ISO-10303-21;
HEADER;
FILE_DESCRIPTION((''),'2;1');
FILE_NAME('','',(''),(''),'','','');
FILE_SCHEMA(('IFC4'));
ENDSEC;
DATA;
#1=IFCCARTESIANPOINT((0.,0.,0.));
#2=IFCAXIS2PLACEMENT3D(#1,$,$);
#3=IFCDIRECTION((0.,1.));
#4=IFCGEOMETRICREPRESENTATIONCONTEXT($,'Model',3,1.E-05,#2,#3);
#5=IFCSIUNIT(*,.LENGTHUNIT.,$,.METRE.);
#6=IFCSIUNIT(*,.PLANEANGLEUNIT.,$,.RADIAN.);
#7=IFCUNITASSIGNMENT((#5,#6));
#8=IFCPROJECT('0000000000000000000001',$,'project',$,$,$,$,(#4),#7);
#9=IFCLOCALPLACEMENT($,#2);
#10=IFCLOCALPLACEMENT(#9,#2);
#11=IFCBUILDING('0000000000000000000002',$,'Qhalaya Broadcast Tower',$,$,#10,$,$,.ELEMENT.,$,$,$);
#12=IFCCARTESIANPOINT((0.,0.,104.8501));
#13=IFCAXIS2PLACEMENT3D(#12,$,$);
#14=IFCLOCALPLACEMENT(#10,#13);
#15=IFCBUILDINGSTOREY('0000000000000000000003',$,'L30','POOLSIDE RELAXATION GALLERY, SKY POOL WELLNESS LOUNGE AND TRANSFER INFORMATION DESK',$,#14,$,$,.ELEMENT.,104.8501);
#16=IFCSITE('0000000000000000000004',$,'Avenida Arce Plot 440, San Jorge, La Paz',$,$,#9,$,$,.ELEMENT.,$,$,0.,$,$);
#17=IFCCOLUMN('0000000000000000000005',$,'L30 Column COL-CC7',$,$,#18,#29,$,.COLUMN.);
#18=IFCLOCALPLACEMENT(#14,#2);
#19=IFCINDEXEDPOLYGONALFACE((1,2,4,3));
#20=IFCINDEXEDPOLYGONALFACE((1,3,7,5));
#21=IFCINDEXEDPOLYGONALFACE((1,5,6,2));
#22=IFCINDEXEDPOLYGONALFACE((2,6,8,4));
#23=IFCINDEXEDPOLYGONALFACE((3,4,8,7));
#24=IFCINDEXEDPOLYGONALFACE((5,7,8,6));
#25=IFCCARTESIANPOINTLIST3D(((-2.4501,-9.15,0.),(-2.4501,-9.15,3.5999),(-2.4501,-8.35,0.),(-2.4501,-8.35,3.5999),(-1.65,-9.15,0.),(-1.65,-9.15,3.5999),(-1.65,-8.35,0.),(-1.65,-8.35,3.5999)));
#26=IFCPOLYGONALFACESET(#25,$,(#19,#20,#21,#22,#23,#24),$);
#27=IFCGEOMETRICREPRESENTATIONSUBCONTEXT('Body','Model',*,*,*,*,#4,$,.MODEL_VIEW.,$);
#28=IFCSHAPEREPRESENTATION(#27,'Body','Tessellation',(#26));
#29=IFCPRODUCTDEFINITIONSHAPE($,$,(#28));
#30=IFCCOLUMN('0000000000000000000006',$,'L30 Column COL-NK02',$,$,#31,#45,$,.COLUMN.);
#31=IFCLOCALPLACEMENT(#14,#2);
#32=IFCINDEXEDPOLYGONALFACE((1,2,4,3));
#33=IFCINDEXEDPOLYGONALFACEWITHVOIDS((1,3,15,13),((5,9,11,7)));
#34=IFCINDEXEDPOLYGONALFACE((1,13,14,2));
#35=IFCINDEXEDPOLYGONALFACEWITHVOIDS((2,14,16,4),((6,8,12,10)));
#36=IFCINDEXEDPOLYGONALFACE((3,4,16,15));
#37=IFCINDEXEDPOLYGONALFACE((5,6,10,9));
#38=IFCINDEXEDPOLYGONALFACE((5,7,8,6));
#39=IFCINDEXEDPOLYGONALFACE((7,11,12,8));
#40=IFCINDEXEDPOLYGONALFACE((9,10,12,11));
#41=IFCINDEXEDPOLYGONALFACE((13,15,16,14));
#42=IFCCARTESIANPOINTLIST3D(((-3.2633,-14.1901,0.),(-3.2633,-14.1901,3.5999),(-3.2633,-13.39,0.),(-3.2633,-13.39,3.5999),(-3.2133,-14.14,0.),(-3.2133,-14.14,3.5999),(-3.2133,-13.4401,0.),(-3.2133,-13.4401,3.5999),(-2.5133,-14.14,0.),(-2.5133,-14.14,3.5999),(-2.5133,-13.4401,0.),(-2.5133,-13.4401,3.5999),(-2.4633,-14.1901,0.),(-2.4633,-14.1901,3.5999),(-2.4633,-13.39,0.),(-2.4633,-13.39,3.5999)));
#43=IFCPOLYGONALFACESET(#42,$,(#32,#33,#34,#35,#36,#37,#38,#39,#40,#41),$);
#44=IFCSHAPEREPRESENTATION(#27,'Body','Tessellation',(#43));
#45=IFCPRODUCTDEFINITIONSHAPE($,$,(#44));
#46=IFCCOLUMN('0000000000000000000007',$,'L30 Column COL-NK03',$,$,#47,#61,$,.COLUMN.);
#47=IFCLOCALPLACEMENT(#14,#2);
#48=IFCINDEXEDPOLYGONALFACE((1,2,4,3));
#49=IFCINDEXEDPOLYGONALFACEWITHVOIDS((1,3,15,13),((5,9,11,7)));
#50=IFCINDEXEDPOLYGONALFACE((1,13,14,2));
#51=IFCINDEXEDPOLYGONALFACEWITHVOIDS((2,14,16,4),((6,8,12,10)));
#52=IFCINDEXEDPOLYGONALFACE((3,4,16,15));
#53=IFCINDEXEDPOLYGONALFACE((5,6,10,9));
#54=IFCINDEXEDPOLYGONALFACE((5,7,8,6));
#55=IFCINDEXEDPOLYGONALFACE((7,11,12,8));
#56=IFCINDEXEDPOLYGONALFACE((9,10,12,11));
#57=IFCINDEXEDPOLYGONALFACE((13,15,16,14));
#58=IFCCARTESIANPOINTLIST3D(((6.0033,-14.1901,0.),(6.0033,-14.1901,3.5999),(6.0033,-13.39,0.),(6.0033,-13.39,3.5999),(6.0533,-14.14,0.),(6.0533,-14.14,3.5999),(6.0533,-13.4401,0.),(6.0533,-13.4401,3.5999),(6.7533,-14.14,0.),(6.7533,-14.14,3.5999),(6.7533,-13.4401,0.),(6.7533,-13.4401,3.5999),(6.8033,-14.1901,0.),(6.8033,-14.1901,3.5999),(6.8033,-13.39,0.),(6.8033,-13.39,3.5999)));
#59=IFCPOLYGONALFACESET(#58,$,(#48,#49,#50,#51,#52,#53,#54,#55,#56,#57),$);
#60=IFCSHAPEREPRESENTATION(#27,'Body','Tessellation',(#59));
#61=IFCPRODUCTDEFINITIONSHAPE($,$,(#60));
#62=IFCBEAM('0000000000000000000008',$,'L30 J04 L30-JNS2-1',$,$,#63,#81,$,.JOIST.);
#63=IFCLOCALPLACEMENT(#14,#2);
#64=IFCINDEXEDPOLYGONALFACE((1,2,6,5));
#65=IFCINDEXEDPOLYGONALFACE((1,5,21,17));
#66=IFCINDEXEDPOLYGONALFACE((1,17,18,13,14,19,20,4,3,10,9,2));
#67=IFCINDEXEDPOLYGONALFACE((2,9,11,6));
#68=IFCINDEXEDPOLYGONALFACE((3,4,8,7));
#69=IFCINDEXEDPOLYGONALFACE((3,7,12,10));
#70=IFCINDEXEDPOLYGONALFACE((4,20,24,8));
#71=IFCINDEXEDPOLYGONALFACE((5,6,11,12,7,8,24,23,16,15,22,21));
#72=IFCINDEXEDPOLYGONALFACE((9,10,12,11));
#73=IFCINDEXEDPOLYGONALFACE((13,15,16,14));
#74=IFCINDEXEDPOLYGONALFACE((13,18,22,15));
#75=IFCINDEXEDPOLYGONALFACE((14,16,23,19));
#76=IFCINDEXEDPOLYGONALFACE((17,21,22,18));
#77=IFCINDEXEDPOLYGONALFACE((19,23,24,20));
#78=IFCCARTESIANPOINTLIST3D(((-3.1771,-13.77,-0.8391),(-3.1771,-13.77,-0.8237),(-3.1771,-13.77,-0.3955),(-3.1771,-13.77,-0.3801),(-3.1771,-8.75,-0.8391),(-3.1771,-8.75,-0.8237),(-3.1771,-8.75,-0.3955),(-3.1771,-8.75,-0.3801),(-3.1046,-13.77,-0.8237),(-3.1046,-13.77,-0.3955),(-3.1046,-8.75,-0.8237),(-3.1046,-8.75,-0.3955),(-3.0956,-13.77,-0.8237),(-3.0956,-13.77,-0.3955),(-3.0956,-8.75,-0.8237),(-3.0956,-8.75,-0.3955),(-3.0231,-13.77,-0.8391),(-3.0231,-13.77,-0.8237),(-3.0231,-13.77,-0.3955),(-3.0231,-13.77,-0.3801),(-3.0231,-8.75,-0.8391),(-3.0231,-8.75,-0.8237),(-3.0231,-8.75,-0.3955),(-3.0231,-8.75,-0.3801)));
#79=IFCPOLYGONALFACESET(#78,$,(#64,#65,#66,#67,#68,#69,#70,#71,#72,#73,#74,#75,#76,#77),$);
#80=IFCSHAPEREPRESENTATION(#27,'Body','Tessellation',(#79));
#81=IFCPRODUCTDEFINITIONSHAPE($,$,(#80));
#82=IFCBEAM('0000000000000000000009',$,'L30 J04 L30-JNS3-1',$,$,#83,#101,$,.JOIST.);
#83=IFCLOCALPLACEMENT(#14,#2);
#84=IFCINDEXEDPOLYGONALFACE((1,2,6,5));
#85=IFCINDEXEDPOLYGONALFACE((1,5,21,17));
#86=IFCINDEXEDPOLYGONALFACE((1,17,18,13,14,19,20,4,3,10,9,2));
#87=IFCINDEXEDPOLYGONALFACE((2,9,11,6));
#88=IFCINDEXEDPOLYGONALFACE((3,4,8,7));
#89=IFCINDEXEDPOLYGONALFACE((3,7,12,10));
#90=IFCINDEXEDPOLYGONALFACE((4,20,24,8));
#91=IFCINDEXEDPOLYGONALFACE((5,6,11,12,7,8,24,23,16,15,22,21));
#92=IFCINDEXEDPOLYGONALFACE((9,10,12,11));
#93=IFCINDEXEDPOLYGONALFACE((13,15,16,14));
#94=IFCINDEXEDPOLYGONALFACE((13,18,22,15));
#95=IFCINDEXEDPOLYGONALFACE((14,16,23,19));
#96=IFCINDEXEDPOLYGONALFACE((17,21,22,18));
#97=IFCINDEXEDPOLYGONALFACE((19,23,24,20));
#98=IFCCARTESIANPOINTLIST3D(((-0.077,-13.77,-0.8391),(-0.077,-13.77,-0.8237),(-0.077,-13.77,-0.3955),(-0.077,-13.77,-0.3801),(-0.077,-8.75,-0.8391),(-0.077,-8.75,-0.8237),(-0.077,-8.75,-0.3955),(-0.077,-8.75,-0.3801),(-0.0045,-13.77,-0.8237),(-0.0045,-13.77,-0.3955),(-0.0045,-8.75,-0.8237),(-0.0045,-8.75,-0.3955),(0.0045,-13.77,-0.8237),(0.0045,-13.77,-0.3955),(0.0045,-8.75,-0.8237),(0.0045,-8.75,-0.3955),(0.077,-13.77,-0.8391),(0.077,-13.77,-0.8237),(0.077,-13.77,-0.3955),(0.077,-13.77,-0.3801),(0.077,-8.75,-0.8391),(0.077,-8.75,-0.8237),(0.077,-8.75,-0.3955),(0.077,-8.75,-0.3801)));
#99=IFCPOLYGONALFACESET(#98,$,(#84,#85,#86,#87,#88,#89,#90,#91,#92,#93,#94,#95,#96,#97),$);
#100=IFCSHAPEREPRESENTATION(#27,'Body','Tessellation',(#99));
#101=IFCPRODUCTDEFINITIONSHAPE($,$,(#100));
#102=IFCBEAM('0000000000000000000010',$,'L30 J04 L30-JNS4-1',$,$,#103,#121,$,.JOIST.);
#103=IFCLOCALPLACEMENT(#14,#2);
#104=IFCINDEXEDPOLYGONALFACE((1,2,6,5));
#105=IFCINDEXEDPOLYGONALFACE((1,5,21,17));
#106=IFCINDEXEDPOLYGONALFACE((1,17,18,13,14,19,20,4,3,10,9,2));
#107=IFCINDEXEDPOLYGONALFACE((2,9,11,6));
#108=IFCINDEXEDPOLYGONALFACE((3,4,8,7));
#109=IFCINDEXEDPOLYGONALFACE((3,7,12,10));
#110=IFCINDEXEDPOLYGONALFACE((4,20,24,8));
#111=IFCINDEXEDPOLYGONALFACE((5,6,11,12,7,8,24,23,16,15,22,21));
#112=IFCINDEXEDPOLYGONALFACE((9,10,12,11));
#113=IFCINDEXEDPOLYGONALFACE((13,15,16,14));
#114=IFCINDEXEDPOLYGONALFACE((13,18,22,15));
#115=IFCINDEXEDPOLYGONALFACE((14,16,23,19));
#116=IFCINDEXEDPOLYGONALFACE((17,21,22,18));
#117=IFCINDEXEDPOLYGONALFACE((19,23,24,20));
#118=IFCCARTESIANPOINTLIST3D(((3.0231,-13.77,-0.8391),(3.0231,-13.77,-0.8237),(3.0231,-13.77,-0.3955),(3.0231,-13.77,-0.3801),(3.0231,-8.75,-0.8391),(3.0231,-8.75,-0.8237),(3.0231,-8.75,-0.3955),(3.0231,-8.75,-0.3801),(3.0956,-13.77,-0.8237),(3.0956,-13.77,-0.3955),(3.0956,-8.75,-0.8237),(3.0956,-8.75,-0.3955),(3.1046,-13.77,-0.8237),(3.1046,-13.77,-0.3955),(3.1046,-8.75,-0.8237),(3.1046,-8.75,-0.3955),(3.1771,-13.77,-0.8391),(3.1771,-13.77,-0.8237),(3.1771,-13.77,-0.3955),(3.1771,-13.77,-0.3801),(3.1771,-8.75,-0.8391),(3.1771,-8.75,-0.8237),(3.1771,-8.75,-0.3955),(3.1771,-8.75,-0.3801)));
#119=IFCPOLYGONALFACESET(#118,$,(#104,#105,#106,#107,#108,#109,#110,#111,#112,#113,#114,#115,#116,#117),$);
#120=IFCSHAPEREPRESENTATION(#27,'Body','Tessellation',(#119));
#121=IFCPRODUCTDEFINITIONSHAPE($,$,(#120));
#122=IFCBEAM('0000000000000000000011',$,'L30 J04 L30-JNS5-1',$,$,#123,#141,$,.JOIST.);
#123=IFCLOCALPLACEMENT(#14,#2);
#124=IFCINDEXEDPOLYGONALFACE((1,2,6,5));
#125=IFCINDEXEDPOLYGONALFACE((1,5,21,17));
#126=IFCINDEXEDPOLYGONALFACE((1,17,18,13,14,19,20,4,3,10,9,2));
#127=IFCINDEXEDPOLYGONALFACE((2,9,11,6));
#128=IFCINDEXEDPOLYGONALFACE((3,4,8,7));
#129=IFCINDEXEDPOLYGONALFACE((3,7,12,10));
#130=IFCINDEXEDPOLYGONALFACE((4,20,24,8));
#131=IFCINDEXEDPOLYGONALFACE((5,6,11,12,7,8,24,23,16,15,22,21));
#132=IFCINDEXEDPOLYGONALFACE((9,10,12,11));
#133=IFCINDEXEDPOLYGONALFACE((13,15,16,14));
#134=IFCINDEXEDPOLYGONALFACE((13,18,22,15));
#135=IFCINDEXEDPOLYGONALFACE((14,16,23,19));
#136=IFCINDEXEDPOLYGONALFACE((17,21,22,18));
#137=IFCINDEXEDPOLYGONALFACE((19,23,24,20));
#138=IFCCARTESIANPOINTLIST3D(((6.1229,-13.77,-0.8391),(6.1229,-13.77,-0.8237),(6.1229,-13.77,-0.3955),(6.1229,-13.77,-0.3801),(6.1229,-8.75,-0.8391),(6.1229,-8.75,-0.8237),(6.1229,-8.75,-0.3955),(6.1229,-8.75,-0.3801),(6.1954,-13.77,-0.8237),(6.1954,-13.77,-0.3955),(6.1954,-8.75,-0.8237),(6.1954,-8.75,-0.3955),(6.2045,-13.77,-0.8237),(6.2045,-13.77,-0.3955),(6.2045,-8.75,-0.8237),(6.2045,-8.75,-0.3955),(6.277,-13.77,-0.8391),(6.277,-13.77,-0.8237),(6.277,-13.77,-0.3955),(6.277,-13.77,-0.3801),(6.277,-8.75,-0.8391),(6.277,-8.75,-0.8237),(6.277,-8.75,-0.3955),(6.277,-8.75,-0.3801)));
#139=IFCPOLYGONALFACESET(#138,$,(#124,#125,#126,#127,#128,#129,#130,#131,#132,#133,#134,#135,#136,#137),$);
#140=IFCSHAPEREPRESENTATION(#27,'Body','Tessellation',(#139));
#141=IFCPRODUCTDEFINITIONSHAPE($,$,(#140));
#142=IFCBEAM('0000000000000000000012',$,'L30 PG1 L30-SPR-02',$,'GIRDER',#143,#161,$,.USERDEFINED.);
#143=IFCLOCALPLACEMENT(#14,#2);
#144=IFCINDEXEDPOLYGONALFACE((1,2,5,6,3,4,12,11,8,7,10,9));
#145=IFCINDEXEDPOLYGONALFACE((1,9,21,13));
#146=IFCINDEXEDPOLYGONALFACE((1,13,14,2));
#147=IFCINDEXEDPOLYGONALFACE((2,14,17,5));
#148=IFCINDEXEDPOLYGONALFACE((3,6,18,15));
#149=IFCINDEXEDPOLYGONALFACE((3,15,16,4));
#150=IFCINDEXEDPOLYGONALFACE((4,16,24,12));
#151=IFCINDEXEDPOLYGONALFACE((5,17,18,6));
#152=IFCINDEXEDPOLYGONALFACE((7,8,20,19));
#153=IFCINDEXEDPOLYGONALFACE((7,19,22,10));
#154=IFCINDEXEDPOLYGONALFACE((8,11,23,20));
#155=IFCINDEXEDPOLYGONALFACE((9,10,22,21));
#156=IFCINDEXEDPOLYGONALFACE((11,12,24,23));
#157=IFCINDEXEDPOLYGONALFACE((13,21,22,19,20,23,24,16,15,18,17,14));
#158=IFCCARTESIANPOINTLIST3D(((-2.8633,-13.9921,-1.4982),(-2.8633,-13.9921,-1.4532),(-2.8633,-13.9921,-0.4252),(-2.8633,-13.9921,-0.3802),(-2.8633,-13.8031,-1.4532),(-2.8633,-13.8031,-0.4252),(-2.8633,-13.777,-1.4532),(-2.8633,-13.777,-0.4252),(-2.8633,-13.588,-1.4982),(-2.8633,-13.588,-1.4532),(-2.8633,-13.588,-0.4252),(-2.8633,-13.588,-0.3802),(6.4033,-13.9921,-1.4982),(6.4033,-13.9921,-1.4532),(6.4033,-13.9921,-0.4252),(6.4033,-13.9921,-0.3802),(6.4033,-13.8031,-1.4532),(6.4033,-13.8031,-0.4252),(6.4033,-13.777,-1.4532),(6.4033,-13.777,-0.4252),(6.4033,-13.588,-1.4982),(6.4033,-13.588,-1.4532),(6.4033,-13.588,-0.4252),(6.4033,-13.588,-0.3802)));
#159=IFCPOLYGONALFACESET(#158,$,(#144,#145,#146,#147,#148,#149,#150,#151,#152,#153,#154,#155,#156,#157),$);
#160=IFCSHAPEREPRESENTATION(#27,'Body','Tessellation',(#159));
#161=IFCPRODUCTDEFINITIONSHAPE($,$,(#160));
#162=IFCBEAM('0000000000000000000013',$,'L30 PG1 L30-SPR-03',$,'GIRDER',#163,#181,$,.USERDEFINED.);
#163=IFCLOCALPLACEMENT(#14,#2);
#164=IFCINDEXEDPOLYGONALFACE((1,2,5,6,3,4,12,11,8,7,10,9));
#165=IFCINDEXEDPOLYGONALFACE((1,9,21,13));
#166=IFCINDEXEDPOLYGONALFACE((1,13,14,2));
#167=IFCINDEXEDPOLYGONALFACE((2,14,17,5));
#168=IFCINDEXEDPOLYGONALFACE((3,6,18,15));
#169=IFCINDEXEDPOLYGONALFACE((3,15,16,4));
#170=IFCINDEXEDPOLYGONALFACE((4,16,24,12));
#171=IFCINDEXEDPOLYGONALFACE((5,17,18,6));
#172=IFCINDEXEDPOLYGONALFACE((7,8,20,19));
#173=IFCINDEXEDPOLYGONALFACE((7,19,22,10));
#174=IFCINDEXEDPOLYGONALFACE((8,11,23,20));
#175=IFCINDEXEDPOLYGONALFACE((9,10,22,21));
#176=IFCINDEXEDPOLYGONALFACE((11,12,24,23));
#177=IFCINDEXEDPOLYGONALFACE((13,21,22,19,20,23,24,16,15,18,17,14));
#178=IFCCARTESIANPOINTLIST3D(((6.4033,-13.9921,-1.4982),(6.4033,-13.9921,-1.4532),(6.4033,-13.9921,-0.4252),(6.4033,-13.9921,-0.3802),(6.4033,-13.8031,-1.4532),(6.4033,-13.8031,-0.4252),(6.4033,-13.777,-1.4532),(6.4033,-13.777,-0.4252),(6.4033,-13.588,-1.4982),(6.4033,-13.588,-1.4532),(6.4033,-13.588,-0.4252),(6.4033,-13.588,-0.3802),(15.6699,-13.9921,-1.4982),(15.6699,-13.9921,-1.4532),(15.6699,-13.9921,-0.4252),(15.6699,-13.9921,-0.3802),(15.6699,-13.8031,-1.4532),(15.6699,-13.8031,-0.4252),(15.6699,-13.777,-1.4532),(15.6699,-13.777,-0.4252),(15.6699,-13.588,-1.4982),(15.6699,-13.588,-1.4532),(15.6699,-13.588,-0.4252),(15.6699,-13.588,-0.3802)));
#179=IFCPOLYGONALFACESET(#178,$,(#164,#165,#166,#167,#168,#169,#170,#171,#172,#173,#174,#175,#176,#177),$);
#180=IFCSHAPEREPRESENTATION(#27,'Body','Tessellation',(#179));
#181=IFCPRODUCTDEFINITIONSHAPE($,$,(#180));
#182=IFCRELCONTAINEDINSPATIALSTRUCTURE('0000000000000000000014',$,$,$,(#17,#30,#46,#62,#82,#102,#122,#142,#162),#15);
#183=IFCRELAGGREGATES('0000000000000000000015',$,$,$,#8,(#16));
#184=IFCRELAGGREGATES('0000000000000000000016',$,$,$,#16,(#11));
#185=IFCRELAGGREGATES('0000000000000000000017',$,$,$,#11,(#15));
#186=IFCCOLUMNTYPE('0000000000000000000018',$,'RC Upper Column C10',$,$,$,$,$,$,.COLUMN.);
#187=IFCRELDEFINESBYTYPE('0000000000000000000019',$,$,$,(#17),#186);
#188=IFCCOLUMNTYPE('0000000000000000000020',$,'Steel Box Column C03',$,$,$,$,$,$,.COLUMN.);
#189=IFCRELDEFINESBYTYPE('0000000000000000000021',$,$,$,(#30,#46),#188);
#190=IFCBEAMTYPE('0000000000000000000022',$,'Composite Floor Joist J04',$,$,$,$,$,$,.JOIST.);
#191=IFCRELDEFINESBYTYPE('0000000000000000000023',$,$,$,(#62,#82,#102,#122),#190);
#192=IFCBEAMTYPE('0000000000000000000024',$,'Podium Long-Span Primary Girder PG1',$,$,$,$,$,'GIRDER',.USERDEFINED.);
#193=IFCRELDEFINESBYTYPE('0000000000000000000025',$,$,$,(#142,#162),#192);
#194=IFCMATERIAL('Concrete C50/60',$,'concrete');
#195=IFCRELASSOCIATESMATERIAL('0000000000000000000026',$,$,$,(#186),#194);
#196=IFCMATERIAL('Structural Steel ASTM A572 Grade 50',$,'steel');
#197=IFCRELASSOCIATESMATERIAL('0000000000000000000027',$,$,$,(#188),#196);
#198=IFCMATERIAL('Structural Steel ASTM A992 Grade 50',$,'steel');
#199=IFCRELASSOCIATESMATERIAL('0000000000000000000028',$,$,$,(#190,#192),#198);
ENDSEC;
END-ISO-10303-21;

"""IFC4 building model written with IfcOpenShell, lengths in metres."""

from ifc_helpers import new_model, si_unit, direction, frame, origin, origin_2d, place, context, subcontext, project, spatial, rectangle, hollow_rectangle, i_section, extrude, material, material_profile, profile_set, type_object, element, save


model = new_model("IFC4")

# Units and contexts
model_context = context("Model", 3, precision=1e-05, world=origin(), true_north=direction((0.0, 1.0)))
body_context = subcontext(model_context, "Body", "Model", "MODEL_VIEW")
ifc_project = project(units=[si_unit("LENGTHUNIT", "METRE"), si_unit("PLANEANGLEUNIT", "RADIAN")], contexts=[model_context])

# Site, building, storey
site_placement = place(None, origin())
site = spatial("IfcSite", under=ifc_project, at=site_placement, Name="Avenida Arce Plot 440, San Jorge, La Paz", CompositionType="ELEMENT", RefElevation=0.0)
building_placement = place(site_placement, origin())
building = spatial("IfcBuilding", under=site, at=building_placement, Name="Qhalaya Broadcast Tower", CompositionType="ELEMENT")
storey_placement = place(building_placement, frame((0.0, 0.0, 104.8501)))
storey = spatial("IfcBuildingStorey", under=building, at=storey_placement, Name="L30", Description="POOLSIDE RELAXATION GALLERY, SKY POOL WELLNESS LOUNGE AND TRANSFER INFORMATION DESK", CompositionType="ELEMENT", Elevation=104.8501)

# Columns
ifc_material_1 = material(Name="Concrete C50/60", Category="concrete")
ifc_material_profile_1 = material_profile(ifc_material_1, rectangle(XDim=0.8, YDim=0.8, at=origin_2d()), Name="RC-COL 800x800")
ifc_profile_set_1 = profile_set([ifc_material_profile_1], Name="Concrete C50/60")
column_type_1 = type_object("IfcColumnType", Name="RC Upper Column C10", PredefinedType="COLUMN", material=ifc_profile_set_1)
column_placement = place(storey_placement, frame((-2.05, -8.75, 0.0), z_axis=(0.0, 0.0, 1.0), x_axis=(1.0, 0.0, 0.0)))
element("IfcColumn", 1, at=column_placement, inside=storey, type_object=column_type_1, Name="L30 Column COL-CC7", PredefinedType="COLUMN", context=body_context, shape_type="SweptSolid", body=[
    extrude(rectangle(XDim=0.8, YDim=0.8, at=origin_2d()), origin(), (0.0, 0.0, 1.0), 3.5999),
])
ifc_material_2 = material(Name="Structural Steel ASTM A572 Grade 50", Category="steel")
ifc_material_profile_2 = material_profile(ifc_material_2, hollow_rectangle(XDim=0.8, YDim=0.8, WallThickness=0.05, at=origin_2d()), Name="BOX 800x800x50")
ifc_profile_set_2 = profile_set([ifc_material_profile_2], Name="Structural Steel ASTM A572 Grade 50")
column_type_2 = type_object("IfcColumnType", Name="Steel Box Column C03", PredefinedType="COLUMN", material=ifc_profile_set_2)
for number, where, z_axis, x_axis, name in (
    (2, (-2.8633, -13.79, 0.0), (0.0, 0.0, 1.0), (1.0, 0.0, 0.0), "L30 Column COL-NK02"),
    (3, (6.4033, -13.79, 0.0), (0.0, 0.0, 1.0), (1.0, 0.0, 0.0), "L30 Column COL-NK03"),
):
    element("IfcColumn", number, at=place(storey_placement, frame(where, z_axis=z_axis, x_axis=x_axis)), inside=storey, type_object=column_type_2, Name=name, PredefinedType="COLUMN", context=body_context, shape_type="SweptSolid", body=[
        extrude(hollow_rectangle(XDim=0.8, YDim=0.8, WallThickness=0.05, at=origin_2d()), origin(), (0.0, 0.0, 1.0), 3.5999),
    ])

# Beams
ifc_material_3 = material(Name="Structural Steel ASTM A992 Grade 50", Category="steel")
ifc_material_profile_3 = material_profile(ifc_material_3, i_section(OverallWidth=0.1541, OverallDepth=0.459, WebThickness=0.009, FlangeThickness=0.0154, at=origin_2d()), Name="W18X46")
ifc_profile_set_3 = profile_set([ifc_material_profile_3], Name="Structural Steel ASTM A992 Grade 50")
beam_type_1 = type_object("IfcBeamType", Name="Composite Floor Joist J04", PredefinedType="JOIST", material=ifc_profile_set_3)
for number, where, z_axis, x_axis, name in (
    (4, (-3.1001, -13.77, -0.6096), (0.0, 1.0, 0.0), (-1.0, 0.0, 0.0), "L30 J04 L30-JNS2-1"),
    (5, (0.0, -13.77, -0.6096), (0.0, 1.0, 0.0), (-1.0, 0.0, 0.0), "L30 J04 L30-JNS3-1"),
    (6, (3.1001, -13.77, -0.6096), (0.0, 1.0, 0.0), (-1.0, 0.0, 0.0), "L30 J04 L30-JNS4-1"),
    (7, (6.2, -13.77, -0.6096), (0.0, 1.0, 0.0), (-1.0, 0.0, 0.0), "L30 J04 L30-JNS5-1"),
):
    element("IfcBeam", number, at=place(storey_placement, frame(where, z_axis=z_axis, x_axis=x_axis)), inside=storey, type_object=beam_type_1, Name=name, PredefinedType="JOIST", context=body_context, shape_type="SweptSolid", body=[
        extrude(i_section(OverallWidth=0.1541, OverallDepth=0.459, WebThickness=0.009, FlangeThickness=0.0154, at=origin_2d()), origin(), (0.0, 0.0, 1.0), 5.02),
    ])
ifc_material_profile_4 = material_profile(ifc_material_3, i_section(OverallWidth=0.4041, OverallDepth=1.1179, WebThickness=0.0261, FlangeThickness=0.0449, at=origin_2d()), Name="W44X335")
ifc_profile_set_4 = profile_set([ifc_material_profile_4], Name="Structural Steel ASTM A992 Grade 50")
beam_type_2 = type_object("IfcBeamType", Name="Podium Long-Span Primary Girder PG1", ElementType="GIRDER", PredefinedType="USERDEFINED", material=ifc_profile_set_4)
for number, where, z_axis, x_axis, name in (
    (8, (-2.8633, -13.79, -0.9392), (1.0, 0.0, 0.0), (0.0, 1.0, 0.0), "L30 PG1 L30-SPR-02"),
    (9, (6.4033, -13.79, -0.9392), (1.0, 0.0, 0.0), (0.0, 1.0, 0.0), "L30 PG1 L30-SPR-03"),
):
    element("IfcBeam", number, at=place(storey_placement, frame(where, z_axis=z_axis, x_axis=x_axis)), inside=storey, type_object=beam_type_2, Name=name, ObjectType="GIRDER", PredefinedType="USERDEFINED", context=body_context, shape_type="SweptSolid", body=[
        extrude(i_section(OverallWidth=0.4041, OverallDepth=1.1179, WebThickness=0.0261, FlangeThickness=0.0449, at=origin_2d()), origin(), (0.0, 0.0, 1.0), 9.2666),
    ])

save(model, "model.ifc")
